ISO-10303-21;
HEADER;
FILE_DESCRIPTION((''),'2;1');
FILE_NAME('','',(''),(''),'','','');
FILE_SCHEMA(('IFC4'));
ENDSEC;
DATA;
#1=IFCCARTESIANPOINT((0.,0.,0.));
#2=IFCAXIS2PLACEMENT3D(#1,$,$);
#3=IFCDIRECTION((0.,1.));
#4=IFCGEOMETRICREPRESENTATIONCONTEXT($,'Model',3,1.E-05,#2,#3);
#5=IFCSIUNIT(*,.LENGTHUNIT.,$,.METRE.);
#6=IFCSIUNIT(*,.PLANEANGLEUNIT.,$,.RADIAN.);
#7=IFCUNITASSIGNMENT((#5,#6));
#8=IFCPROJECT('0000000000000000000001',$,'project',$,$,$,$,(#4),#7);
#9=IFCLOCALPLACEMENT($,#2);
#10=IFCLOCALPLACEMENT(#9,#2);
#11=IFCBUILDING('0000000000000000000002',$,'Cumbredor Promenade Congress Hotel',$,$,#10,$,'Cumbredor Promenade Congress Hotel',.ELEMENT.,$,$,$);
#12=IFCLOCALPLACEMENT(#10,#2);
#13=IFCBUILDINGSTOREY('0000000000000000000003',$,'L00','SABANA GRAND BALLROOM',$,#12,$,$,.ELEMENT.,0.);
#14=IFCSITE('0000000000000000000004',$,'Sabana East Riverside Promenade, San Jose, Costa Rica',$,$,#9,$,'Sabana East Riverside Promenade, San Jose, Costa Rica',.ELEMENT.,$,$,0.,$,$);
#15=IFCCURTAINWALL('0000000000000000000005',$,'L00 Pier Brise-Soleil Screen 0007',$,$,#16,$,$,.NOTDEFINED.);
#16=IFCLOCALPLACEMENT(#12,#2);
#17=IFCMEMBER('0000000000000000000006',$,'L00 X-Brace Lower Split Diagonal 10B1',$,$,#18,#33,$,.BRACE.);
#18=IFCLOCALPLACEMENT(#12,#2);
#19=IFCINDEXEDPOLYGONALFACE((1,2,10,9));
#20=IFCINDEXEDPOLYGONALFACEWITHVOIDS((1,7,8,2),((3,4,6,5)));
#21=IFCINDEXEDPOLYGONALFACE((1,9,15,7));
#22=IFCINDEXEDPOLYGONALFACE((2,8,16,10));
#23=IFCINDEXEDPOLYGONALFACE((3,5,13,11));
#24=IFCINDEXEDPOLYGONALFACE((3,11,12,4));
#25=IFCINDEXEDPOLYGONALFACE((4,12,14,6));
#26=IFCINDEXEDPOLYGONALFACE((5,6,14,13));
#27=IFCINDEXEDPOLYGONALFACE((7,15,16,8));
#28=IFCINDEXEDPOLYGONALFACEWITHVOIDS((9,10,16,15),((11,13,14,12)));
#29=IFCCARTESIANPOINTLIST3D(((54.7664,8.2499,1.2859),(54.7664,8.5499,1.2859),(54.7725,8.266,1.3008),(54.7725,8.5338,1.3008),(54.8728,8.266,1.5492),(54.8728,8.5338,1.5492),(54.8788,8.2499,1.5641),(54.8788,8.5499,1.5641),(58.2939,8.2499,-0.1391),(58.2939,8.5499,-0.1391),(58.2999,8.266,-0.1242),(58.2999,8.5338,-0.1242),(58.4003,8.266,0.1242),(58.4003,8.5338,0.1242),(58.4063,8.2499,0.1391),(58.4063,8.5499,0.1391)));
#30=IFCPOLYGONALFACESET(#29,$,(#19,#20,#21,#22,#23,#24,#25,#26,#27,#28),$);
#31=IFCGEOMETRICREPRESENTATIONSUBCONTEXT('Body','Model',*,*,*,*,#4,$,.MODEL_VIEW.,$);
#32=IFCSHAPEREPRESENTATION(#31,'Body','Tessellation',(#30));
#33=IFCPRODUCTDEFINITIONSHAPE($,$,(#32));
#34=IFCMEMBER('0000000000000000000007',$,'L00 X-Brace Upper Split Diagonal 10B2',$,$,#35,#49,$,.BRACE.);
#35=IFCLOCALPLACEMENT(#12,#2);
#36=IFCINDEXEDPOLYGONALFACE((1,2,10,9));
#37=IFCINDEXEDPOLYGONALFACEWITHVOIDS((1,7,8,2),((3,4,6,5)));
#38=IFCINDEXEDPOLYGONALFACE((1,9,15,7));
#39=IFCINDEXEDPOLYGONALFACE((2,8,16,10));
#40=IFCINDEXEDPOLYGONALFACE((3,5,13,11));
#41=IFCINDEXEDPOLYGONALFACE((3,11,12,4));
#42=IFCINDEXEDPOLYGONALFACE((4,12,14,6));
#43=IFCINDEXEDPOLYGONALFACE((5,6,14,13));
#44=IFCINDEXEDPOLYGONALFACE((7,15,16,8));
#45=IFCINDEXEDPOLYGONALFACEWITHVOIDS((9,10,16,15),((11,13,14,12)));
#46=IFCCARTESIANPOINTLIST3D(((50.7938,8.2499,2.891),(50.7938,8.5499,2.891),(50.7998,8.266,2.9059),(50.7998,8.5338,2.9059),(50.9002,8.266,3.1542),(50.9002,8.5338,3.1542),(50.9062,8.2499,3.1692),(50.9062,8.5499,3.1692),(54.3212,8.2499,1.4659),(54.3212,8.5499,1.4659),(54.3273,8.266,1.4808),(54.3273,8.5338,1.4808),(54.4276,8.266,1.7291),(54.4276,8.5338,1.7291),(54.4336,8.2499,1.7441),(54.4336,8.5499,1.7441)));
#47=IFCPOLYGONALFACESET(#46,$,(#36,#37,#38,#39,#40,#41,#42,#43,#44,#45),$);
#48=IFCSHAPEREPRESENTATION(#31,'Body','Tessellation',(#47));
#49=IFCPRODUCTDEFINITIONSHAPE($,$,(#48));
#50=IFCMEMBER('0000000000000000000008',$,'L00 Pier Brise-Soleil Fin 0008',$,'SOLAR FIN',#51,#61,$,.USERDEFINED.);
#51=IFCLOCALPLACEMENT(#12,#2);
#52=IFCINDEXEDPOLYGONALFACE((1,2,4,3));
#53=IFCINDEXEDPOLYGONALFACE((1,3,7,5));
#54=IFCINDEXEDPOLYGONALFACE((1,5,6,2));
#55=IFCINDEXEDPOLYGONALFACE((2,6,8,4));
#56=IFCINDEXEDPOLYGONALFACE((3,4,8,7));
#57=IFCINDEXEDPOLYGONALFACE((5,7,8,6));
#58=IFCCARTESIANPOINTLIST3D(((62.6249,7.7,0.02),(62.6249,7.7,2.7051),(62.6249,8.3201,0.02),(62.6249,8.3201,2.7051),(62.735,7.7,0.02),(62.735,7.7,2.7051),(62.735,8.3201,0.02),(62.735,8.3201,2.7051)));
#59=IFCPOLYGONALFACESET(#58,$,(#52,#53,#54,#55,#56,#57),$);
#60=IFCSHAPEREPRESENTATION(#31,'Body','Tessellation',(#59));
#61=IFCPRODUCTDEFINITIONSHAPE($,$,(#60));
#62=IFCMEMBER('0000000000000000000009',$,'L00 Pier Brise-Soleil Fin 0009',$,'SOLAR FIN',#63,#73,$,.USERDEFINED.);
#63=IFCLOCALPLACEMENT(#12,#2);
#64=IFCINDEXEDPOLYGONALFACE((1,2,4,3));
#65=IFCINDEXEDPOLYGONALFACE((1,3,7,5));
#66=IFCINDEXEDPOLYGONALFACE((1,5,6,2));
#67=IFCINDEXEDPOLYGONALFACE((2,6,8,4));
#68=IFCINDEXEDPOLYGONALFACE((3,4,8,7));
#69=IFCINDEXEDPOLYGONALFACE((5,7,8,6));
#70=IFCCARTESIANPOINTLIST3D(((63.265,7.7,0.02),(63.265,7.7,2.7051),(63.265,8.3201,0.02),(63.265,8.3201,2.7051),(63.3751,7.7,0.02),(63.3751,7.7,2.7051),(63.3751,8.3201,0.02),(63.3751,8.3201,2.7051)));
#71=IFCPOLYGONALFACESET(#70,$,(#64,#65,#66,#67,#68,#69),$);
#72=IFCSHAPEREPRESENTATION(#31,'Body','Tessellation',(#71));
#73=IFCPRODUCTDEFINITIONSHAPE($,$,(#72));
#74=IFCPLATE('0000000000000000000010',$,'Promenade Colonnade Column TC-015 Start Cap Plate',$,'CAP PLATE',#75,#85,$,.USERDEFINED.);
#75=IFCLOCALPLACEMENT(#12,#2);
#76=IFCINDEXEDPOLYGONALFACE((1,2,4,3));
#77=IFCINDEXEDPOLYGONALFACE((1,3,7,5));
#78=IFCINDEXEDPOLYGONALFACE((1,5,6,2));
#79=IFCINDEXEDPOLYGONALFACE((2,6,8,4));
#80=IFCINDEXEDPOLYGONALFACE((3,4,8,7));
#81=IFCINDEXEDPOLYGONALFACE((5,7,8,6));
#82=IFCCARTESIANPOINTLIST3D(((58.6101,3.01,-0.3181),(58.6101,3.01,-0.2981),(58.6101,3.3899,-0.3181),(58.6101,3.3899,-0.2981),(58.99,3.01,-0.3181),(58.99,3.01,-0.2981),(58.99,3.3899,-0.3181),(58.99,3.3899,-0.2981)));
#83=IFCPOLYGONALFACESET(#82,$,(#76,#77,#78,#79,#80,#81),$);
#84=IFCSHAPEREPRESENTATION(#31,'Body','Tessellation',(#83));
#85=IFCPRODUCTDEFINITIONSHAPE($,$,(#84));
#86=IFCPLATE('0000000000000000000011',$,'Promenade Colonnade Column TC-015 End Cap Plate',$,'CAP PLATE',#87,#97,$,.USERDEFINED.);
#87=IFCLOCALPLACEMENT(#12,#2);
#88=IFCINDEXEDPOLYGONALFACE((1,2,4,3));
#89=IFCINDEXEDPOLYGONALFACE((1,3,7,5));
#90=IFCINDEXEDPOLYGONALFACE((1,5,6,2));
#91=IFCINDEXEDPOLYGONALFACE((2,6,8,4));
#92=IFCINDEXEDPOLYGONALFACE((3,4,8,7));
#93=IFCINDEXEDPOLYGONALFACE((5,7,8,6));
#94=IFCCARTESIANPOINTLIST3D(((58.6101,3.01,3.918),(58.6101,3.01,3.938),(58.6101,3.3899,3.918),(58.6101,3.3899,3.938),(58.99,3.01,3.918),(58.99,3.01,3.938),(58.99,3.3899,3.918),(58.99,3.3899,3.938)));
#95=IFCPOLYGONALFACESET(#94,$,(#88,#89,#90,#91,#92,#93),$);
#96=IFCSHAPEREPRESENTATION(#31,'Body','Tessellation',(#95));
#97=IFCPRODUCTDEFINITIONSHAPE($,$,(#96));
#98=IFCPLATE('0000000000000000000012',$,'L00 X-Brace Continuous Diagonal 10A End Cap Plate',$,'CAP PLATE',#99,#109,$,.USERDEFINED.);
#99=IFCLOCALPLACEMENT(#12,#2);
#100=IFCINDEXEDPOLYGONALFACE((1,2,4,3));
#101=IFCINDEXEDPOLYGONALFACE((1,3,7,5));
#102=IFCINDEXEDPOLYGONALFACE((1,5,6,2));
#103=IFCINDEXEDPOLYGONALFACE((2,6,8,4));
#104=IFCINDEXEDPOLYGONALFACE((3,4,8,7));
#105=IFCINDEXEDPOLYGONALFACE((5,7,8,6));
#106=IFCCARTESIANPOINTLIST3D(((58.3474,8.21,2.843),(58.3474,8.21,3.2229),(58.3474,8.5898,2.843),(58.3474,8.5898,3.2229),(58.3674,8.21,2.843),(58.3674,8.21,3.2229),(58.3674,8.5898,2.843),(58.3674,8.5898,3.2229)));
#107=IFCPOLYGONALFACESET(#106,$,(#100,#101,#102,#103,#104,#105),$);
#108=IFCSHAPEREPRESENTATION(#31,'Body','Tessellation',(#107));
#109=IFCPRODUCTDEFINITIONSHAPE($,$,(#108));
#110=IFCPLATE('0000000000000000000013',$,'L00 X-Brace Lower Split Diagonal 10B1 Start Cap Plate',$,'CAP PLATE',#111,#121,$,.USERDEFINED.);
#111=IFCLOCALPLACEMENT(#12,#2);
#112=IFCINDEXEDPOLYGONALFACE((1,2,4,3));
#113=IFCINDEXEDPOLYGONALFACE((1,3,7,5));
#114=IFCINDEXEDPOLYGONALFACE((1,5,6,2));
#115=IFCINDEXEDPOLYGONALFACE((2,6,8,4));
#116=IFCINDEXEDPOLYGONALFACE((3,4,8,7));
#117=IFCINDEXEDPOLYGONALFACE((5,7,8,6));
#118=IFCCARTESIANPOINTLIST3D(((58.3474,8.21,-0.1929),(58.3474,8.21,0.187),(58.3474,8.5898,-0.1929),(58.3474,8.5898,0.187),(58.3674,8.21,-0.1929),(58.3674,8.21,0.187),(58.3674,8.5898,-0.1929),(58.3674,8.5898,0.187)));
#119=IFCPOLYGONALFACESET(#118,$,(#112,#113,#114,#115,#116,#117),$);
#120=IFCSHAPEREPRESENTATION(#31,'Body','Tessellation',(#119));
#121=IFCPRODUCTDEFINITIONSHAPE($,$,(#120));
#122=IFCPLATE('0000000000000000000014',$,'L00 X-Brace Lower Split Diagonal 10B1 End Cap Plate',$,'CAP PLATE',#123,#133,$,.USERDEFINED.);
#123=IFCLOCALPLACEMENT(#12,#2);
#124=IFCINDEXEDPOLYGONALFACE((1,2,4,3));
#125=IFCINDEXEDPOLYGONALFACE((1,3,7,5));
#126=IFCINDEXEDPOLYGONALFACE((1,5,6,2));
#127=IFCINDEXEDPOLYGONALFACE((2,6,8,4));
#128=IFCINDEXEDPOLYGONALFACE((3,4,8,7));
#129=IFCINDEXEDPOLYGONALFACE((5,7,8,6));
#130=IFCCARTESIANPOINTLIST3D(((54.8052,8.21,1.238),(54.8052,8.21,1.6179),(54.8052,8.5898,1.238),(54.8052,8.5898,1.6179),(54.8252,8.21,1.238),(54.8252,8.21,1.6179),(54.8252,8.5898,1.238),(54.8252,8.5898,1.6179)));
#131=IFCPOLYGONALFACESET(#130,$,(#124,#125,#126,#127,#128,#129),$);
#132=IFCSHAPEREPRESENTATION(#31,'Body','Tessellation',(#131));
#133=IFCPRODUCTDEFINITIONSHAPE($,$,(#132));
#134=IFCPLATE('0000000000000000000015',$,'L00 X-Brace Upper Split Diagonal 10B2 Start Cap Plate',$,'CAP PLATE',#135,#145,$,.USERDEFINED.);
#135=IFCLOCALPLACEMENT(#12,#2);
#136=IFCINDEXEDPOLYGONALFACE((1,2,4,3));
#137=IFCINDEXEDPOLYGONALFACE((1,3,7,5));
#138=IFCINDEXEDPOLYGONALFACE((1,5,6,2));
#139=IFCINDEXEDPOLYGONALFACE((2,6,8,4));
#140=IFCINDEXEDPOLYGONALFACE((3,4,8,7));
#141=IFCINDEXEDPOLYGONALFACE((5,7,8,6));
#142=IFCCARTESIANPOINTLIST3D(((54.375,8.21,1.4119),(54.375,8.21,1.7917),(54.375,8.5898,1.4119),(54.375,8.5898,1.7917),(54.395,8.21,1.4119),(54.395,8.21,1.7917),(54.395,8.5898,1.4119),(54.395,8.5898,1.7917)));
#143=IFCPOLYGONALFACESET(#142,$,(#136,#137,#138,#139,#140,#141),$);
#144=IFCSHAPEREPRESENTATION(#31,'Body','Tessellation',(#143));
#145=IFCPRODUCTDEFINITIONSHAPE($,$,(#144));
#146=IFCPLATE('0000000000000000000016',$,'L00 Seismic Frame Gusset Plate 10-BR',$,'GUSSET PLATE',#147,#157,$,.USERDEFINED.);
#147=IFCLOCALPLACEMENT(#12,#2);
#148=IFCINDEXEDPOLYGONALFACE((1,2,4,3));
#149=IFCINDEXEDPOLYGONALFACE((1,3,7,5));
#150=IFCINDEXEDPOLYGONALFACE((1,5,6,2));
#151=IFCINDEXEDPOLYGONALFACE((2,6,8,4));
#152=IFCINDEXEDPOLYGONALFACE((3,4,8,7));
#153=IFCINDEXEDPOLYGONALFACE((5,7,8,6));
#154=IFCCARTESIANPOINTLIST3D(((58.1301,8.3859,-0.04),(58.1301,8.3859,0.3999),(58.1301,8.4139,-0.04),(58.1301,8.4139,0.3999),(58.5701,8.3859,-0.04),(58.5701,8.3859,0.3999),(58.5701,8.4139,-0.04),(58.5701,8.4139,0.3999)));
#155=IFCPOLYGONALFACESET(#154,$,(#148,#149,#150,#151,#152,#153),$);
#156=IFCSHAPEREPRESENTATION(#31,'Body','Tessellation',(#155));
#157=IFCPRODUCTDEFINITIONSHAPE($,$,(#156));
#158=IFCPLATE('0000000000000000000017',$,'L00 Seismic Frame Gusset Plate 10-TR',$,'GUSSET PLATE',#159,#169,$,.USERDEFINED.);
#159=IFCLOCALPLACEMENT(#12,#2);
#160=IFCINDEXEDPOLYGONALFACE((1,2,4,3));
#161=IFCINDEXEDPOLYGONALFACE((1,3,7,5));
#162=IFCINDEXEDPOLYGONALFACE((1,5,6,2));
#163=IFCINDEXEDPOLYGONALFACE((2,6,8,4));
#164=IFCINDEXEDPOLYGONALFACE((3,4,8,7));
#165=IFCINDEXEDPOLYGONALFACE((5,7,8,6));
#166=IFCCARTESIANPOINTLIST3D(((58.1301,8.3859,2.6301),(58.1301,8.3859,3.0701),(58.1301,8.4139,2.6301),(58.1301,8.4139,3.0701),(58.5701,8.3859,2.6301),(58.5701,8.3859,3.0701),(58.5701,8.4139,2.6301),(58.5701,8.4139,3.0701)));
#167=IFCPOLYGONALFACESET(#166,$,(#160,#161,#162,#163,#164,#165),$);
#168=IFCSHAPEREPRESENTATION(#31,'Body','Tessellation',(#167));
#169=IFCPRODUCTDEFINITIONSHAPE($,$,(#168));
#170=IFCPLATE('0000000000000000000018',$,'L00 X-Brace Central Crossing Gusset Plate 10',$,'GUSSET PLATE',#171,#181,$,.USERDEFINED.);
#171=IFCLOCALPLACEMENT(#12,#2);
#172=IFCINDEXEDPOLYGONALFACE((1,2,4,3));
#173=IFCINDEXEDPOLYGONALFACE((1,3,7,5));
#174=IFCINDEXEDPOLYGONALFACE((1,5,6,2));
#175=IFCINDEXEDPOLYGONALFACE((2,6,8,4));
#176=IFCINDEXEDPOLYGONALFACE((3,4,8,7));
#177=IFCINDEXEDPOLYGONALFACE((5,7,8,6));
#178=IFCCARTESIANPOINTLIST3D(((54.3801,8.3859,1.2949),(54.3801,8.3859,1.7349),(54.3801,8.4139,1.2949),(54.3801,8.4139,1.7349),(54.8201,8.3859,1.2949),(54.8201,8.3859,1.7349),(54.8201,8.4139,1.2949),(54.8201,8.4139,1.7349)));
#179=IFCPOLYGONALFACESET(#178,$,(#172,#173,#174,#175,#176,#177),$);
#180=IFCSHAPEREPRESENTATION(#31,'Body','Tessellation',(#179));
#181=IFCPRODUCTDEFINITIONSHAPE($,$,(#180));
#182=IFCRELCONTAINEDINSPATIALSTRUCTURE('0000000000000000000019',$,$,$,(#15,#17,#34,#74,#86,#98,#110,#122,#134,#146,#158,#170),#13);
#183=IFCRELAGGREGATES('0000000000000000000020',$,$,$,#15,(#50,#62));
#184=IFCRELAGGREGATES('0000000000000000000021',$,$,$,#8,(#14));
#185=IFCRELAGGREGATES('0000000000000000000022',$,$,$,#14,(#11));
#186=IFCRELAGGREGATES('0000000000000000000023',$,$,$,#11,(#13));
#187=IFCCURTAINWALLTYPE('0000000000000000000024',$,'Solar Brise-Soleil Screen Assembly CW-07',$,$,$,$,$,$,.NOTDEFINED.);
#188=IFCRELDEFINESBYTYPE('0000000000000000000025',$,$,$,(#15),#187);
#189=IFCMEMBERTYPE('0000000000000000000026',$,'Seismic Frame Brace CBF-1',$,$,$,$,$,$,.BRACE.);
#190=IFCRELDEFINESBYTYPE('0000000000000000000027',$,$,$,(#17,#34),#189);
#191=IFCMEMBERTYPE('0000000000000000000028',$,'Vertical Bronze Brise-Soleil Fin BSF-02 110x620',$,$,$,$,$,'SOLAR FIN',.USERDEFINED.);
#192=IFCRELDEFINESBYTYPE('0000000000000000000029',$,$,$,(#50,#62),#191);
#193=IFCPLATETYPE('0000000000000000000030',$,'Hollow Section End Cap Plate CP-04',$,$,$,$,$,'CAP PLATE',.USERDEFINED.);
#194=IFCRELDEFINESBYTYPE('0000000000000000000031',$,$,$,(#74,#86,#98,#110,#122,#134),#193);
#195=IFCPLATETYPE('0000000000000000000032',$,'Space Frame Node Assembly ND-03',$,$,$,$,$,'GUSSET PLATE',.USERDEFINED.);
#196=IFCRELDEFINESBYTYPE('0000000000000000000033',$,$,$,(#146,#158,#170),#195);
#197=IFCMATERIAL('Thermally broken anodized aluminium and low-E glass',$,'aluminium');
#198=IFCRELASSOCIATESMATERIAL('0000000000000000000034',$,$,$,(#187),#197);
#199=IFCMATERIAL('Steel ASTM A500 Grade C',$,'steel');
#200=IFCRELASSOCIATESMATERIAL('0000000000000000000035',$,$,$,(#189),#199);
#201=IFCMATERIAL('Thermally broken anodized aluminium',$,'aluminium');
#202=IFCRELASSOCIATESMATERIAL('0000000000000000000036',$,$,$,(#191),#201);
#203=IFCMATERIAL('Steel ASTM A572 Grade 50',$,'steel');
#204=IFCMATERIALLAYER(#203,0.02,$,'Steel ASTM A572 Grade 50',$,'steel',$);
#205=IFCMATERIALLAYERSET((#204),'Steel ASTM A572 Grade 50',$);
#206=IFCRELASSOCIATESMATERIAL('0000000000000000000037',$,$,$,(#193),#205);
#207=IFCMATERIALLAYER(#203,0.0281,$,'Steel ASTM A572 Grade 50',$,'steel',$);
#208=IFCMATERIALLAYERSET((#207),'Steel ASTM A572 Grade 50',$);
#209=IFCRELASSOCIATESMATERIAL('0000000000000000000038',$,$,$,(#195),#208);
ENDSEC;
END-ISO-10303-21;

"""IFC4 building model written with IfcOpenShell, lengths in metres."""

from ifc_helpers import new_model, si_unit, direction, frame, origin, origin_2d, place, context, subcontext, project, spatial, rectangle, hollow_rectangle, extrude, material, layer, layer_set, material_profile, profile_set, type_object, element, aggregate, save


model = new_model("IFC4")

# Units and contexts
model_context = context("Model", 3, precision=1e-05, world=origin(), true_north=direction((0.0, 1.0)))
body_context = subcontext(model_context, "Body", "Model", "MODEL_VIEW")
ifc_project = project(units=[si_unit("LENGTHUNIT", "METRE"), si_unit("PLANEANGLEUNIT", "RADIAN")], contexts=[model_context])

# Site, building, storey
site_placement = place(None, origin())
site = spatial("IfcSite", under=ifc_project, at=site_placement, Name="Sabana East Riverside Promenade, San Jose, Costa Rica", LongName="Sabana East Riverside Promenade, San Jose, Costa Rica", CompositionType="ELEMENT", RefElevation=0.0)
building_placement = place(site_placement, origin())
building = spatial("IfcBuilding", under=site, at=building_placement, Name="Cumbredor Promenade Congress Hotel", LongName="Cumbredor Promenade Congress Hotel", CompositionType="ELEMENT")
storey_placement = place(building_placement, origin())
storey = spatial("IfcBuildingStorey", under=building, at=storey_placement, Name="L00", Description="SABANA GRAND BALLROOM", CompositionType="ELEMENT", Elevation=0.0)

# Shared definitions
ifc_material_1 = material(Name="Steel ASTM A500 Grade C", Category="steel")

# Curtain wall
ifc_material_2 = material(Name="Thermally broken anodized aluminium and low-E glass", Category="aluminium")
curtain_wall_type = type_object("IfcCurtainWallType", Name="Solar Brise-Soleil Screen Assembly CW-07", PredefinedType="NOTDEFINED", material=ifc_material_2)
curtain_wall_placement = place(storey_placement, origin())
curtain_wall = element("IfcCurtainWall", 1, at=curtain_wall_placement, inside=storey, type_object=curtain_wall_type, Name="L00 Pier Brise-Soleil Screen 0007", PredefinedType="NOTDEFINED")
ifc_material_3 = material(Name="Thermally broken anodized aluminium", Category="aluminium")

# Members
ifc_material_profile_1 = material_profile(ifc_material_1, hollow_rectangle(XDim=0.3, YDim=0.3, WallThickness=0.0161, at=origin_2d()), Name="HSS 300x300x16")
ifc_profile_set_1 = profile_set([ifc_material_profile_1], Name="Steel ASTM A500 Grade C")
member_type_1 = type_object("IfcMemberType", Name="Seismic Frame Brace CBF-1", PredefinedType="BRACE", material=ifc_profile_set_1)
for number, where, z_axis, x_axis, name in (
    (2, (58.3501, 8.3999, 0.0), (-0.927201, 0.0, 0.374564), (0.0, -1.0, 0.0), "L00 X-Brace Lower Split Diagonal 10B1"),
    (3, (54.3774, 8.3999, 1.605), (-0.927192, 0.0, 0.374586), (0.0, -1.0, 0.0), "L00 X-Brace Upper Split Diagonal 10B2"),
):
    element("IfcMember", number, at=place(storey_placement, frame(where, z_axis=z_axis, x_axis=x_axis)), inside=storey, type_object=member_type_1, Name=name, PredefinedType="BRACE", context=body_context, shape_type="SweptSolid", body=[
        extrude(hollow_rectangle(XDim=0.3, YDim=0.3, WallThickness=0.0161, at=origin_2d()), origin(), (0.0, 0.0, 1.0), 3.8044),
    ])

# Members
ifc_material_profile_2 = material_profile(ifc_material_3, rectangle(XDim=0.1101, YDim=0.6201, at=origin_2d()), Name="ARCH FIN 110x620")
ifc_profile_set_2 = profile_set([ifc_material_profile_2], Name="Thermally broken anodized aluminium")
member_type_2 = type_object("IfcMemberType", Name="Vertical Bronze Brise-Soleil Fin BSF-02 110x620", ElementType="SOLAR FIN", PredefinedType="USERDEFINED", material=ifc_profile_set_2)
member_1_placement = place(storey_placement, frame((62.6799, 8.01, 0.02), z_axis=(0.0, 0.0, 1.0), x_axis=(1.0, 0.0, 0.0)))
member_1 = element("IfcMember", 4, at=member_1_placement, type_object=member_type_2, Name="L00 Pier Brise-Soleil Fin 0008", ObjectType="SOLAR FIN", PredefinedType="USERDEFINED", context=body_context, shape_type="SweptSolid", body=[
    extrude(rectangle(XDim=0.1101, YDim=0.6201, at=origin_2d()), origin(), (0.0, 0.0, 1.0), 2.6851),
])
member_2_placement = place(storey_placement, frame((63.3201, 8.01, 0.02), z_axis=(0.0, 0.0, 1.0), x_axis=(1.0, 0.0, 0.0)))
member_2 = element("IfcMember", 5, at=member_2_placement, type_object=member_type_2, Name="L00 Pier Brise-Soleil Fin 0009", ObjectType="SOLAR FIN", PredefinedType="USERDEFINED", context=body_context, shape_type="SweptSolid", body=[
    extrude(rectangle(XDim=0.1101, YDim=0.6201, at=origin_2d()), origin(), (0.0, 0.0, 1.0), 2.6851),
])
aggregate(curtain_wall, [member_1, member_2])

# Plates
ifc_material_4 = material(Name="Steel ASTM A572 Grade 50", Category="steel")
ifc_layer_1 = layer(ifc_material_4, 0.02, Name="Steel ASTM A572 Grade 50", Category="steel")
ifc_layer_set_1 = layer_set([ifc_layer_1], Name="Steel ASTM A572 Grade 50")
plate_type_1 = type_object("IfcPlateType", Name="Hollow Section End Cap Plate CP-04", ElementType="CAP PLATE", PredefinedType="USERDEFINED", material=ifc_layer_set_1)
for number, where, z_axis, x_axis, name in (
    (6, (58.8, 3.2, -0.3181), (0.0, 0.0, 1.0), (1.0, 0.0, 0.0), "Promenade Colonnade Column TC-015 Start Cap Plate"),
    (7, (58.8, 3.2, 3.918), (0.0, 0.0, 1.0), (1.0, 0.0, 0.0), "Promenade Colonnade Column TC-015 End Cap Plate"),
):
    element("IfcPlate", number, at=place(storey_placement, frame(where, z_axis=z_axis, x_axis=x_axis)), inside=storey, type_object=plate_type_1, Name=name, ObjectType="CAP PLATE", PredefinedType="USERDEFINED", context=body_context, shape_type="SweptSolid", body=[
        extrude(rectangle(XDim=0.3799, YDim=0.3799, at=origin_2d()), origin(), (0.0, 0.0, 1.0), 0.02),
    ])
for number, where, z_axis, x_axis, name in (
    (8, (58.3574, 8.3999, 2.843), (0.0, 0.0, 1.0), (1.0, 0.0, 0.0), "L00 X-Brace Continuous Diagonal 10A End Cap Plate"),
    (9, (58.3574, 8.3999, -0.1929), (0.0, 0.0, 1.0), (-1.0, 0.0, 0.0), "L00 X-Brace Lower Split Diagonal 10B1 Start Cap Plate"),
    (10, (54.8152, 8.3999, 1.238), (0.0, 0.0, 1.0), (-1.0, 0.0, 0.0), "L00 X-Brace Lower Split Diagonal 10B1 End Cap Plate"),
    (11, (54.385, 8.3999, 1.4119), (0.0, 0.0, 1.0), (-1.0, 0.0, 0.0), "L00 X-Brace Upper Split Diagonal 10B2 Start Cap Plate"),
):
    element("IfcPlate", number, at=place(storey_placement, frame(where, z_axis=z_axis, x_axis=x_axis)), inside=storey, type_object=plate_type_1, Name=name, ObjectType="CAP PLATE", PredefinedType="USERDEFINED", context=body_context, shape_type="SweptSolid", body=[
        extrude(rectangle(XDim=0.02, YDim=0.3799, at=origin_2d()), origin(), (0.0, 0.0, 1.0), 0.3799),
    ])
ifc_layer_2 = layer(ifc_material_4, 0.0281, Name="Steel ASTM A572 Grade 50", Category="steel")
ifc_layer_set_2 = layer_set([ifc_layer_2], Name="Steel ASTM A572 Grade 50")
plate_type_2 = type_object("IfcPlateType", Name="Space Frame Node Assembly ND-03", ElementType="GUSSET PLATE", PredefinedType="USERDEFINED", material=ifc_layer_set_2)
for number, where, z_axis, x_axis, name in (
    (12, (58.3501, 8.3999, -0.04), (0.0, 0.0, 1.0), (1.0, 0.0, 0.0), "L00 Seismic Frame Gusset Plate 10-BR"),
    (13, (58.3501, 8.3999, 2.6301), (0.0, 0.0, 1.0), (1.0, 0.0, 0.0), "L00 Seismic Frame Gusset Plate 10-TR"),
    (14, (54.6001, 8.3999, 1.2949), (0.0, 0.0, 1.0), (1.0, 0.0, 0.0), "L00 X-Brace Central Crossing Gusset Plate 10"),
):
    element("IfcPlate", number, at=place(storey_placement, frame(where, z_axis=z_axis, x_axis=x_axis)), inside=storey, type_object=plate_type_2, Name=name, ObjectType="GUSSET PLATE", PredefinedType="USERDEFINED", context=body_context, shape_type="SweptSolid", body=[
        extrude(rectangle(XDim=0.4399, YDim=0.0281, at=origin_2d()), origin(), (0.0, 0.0, 1.0), 0.4399),
    ])

save(model, "model.ifc")
